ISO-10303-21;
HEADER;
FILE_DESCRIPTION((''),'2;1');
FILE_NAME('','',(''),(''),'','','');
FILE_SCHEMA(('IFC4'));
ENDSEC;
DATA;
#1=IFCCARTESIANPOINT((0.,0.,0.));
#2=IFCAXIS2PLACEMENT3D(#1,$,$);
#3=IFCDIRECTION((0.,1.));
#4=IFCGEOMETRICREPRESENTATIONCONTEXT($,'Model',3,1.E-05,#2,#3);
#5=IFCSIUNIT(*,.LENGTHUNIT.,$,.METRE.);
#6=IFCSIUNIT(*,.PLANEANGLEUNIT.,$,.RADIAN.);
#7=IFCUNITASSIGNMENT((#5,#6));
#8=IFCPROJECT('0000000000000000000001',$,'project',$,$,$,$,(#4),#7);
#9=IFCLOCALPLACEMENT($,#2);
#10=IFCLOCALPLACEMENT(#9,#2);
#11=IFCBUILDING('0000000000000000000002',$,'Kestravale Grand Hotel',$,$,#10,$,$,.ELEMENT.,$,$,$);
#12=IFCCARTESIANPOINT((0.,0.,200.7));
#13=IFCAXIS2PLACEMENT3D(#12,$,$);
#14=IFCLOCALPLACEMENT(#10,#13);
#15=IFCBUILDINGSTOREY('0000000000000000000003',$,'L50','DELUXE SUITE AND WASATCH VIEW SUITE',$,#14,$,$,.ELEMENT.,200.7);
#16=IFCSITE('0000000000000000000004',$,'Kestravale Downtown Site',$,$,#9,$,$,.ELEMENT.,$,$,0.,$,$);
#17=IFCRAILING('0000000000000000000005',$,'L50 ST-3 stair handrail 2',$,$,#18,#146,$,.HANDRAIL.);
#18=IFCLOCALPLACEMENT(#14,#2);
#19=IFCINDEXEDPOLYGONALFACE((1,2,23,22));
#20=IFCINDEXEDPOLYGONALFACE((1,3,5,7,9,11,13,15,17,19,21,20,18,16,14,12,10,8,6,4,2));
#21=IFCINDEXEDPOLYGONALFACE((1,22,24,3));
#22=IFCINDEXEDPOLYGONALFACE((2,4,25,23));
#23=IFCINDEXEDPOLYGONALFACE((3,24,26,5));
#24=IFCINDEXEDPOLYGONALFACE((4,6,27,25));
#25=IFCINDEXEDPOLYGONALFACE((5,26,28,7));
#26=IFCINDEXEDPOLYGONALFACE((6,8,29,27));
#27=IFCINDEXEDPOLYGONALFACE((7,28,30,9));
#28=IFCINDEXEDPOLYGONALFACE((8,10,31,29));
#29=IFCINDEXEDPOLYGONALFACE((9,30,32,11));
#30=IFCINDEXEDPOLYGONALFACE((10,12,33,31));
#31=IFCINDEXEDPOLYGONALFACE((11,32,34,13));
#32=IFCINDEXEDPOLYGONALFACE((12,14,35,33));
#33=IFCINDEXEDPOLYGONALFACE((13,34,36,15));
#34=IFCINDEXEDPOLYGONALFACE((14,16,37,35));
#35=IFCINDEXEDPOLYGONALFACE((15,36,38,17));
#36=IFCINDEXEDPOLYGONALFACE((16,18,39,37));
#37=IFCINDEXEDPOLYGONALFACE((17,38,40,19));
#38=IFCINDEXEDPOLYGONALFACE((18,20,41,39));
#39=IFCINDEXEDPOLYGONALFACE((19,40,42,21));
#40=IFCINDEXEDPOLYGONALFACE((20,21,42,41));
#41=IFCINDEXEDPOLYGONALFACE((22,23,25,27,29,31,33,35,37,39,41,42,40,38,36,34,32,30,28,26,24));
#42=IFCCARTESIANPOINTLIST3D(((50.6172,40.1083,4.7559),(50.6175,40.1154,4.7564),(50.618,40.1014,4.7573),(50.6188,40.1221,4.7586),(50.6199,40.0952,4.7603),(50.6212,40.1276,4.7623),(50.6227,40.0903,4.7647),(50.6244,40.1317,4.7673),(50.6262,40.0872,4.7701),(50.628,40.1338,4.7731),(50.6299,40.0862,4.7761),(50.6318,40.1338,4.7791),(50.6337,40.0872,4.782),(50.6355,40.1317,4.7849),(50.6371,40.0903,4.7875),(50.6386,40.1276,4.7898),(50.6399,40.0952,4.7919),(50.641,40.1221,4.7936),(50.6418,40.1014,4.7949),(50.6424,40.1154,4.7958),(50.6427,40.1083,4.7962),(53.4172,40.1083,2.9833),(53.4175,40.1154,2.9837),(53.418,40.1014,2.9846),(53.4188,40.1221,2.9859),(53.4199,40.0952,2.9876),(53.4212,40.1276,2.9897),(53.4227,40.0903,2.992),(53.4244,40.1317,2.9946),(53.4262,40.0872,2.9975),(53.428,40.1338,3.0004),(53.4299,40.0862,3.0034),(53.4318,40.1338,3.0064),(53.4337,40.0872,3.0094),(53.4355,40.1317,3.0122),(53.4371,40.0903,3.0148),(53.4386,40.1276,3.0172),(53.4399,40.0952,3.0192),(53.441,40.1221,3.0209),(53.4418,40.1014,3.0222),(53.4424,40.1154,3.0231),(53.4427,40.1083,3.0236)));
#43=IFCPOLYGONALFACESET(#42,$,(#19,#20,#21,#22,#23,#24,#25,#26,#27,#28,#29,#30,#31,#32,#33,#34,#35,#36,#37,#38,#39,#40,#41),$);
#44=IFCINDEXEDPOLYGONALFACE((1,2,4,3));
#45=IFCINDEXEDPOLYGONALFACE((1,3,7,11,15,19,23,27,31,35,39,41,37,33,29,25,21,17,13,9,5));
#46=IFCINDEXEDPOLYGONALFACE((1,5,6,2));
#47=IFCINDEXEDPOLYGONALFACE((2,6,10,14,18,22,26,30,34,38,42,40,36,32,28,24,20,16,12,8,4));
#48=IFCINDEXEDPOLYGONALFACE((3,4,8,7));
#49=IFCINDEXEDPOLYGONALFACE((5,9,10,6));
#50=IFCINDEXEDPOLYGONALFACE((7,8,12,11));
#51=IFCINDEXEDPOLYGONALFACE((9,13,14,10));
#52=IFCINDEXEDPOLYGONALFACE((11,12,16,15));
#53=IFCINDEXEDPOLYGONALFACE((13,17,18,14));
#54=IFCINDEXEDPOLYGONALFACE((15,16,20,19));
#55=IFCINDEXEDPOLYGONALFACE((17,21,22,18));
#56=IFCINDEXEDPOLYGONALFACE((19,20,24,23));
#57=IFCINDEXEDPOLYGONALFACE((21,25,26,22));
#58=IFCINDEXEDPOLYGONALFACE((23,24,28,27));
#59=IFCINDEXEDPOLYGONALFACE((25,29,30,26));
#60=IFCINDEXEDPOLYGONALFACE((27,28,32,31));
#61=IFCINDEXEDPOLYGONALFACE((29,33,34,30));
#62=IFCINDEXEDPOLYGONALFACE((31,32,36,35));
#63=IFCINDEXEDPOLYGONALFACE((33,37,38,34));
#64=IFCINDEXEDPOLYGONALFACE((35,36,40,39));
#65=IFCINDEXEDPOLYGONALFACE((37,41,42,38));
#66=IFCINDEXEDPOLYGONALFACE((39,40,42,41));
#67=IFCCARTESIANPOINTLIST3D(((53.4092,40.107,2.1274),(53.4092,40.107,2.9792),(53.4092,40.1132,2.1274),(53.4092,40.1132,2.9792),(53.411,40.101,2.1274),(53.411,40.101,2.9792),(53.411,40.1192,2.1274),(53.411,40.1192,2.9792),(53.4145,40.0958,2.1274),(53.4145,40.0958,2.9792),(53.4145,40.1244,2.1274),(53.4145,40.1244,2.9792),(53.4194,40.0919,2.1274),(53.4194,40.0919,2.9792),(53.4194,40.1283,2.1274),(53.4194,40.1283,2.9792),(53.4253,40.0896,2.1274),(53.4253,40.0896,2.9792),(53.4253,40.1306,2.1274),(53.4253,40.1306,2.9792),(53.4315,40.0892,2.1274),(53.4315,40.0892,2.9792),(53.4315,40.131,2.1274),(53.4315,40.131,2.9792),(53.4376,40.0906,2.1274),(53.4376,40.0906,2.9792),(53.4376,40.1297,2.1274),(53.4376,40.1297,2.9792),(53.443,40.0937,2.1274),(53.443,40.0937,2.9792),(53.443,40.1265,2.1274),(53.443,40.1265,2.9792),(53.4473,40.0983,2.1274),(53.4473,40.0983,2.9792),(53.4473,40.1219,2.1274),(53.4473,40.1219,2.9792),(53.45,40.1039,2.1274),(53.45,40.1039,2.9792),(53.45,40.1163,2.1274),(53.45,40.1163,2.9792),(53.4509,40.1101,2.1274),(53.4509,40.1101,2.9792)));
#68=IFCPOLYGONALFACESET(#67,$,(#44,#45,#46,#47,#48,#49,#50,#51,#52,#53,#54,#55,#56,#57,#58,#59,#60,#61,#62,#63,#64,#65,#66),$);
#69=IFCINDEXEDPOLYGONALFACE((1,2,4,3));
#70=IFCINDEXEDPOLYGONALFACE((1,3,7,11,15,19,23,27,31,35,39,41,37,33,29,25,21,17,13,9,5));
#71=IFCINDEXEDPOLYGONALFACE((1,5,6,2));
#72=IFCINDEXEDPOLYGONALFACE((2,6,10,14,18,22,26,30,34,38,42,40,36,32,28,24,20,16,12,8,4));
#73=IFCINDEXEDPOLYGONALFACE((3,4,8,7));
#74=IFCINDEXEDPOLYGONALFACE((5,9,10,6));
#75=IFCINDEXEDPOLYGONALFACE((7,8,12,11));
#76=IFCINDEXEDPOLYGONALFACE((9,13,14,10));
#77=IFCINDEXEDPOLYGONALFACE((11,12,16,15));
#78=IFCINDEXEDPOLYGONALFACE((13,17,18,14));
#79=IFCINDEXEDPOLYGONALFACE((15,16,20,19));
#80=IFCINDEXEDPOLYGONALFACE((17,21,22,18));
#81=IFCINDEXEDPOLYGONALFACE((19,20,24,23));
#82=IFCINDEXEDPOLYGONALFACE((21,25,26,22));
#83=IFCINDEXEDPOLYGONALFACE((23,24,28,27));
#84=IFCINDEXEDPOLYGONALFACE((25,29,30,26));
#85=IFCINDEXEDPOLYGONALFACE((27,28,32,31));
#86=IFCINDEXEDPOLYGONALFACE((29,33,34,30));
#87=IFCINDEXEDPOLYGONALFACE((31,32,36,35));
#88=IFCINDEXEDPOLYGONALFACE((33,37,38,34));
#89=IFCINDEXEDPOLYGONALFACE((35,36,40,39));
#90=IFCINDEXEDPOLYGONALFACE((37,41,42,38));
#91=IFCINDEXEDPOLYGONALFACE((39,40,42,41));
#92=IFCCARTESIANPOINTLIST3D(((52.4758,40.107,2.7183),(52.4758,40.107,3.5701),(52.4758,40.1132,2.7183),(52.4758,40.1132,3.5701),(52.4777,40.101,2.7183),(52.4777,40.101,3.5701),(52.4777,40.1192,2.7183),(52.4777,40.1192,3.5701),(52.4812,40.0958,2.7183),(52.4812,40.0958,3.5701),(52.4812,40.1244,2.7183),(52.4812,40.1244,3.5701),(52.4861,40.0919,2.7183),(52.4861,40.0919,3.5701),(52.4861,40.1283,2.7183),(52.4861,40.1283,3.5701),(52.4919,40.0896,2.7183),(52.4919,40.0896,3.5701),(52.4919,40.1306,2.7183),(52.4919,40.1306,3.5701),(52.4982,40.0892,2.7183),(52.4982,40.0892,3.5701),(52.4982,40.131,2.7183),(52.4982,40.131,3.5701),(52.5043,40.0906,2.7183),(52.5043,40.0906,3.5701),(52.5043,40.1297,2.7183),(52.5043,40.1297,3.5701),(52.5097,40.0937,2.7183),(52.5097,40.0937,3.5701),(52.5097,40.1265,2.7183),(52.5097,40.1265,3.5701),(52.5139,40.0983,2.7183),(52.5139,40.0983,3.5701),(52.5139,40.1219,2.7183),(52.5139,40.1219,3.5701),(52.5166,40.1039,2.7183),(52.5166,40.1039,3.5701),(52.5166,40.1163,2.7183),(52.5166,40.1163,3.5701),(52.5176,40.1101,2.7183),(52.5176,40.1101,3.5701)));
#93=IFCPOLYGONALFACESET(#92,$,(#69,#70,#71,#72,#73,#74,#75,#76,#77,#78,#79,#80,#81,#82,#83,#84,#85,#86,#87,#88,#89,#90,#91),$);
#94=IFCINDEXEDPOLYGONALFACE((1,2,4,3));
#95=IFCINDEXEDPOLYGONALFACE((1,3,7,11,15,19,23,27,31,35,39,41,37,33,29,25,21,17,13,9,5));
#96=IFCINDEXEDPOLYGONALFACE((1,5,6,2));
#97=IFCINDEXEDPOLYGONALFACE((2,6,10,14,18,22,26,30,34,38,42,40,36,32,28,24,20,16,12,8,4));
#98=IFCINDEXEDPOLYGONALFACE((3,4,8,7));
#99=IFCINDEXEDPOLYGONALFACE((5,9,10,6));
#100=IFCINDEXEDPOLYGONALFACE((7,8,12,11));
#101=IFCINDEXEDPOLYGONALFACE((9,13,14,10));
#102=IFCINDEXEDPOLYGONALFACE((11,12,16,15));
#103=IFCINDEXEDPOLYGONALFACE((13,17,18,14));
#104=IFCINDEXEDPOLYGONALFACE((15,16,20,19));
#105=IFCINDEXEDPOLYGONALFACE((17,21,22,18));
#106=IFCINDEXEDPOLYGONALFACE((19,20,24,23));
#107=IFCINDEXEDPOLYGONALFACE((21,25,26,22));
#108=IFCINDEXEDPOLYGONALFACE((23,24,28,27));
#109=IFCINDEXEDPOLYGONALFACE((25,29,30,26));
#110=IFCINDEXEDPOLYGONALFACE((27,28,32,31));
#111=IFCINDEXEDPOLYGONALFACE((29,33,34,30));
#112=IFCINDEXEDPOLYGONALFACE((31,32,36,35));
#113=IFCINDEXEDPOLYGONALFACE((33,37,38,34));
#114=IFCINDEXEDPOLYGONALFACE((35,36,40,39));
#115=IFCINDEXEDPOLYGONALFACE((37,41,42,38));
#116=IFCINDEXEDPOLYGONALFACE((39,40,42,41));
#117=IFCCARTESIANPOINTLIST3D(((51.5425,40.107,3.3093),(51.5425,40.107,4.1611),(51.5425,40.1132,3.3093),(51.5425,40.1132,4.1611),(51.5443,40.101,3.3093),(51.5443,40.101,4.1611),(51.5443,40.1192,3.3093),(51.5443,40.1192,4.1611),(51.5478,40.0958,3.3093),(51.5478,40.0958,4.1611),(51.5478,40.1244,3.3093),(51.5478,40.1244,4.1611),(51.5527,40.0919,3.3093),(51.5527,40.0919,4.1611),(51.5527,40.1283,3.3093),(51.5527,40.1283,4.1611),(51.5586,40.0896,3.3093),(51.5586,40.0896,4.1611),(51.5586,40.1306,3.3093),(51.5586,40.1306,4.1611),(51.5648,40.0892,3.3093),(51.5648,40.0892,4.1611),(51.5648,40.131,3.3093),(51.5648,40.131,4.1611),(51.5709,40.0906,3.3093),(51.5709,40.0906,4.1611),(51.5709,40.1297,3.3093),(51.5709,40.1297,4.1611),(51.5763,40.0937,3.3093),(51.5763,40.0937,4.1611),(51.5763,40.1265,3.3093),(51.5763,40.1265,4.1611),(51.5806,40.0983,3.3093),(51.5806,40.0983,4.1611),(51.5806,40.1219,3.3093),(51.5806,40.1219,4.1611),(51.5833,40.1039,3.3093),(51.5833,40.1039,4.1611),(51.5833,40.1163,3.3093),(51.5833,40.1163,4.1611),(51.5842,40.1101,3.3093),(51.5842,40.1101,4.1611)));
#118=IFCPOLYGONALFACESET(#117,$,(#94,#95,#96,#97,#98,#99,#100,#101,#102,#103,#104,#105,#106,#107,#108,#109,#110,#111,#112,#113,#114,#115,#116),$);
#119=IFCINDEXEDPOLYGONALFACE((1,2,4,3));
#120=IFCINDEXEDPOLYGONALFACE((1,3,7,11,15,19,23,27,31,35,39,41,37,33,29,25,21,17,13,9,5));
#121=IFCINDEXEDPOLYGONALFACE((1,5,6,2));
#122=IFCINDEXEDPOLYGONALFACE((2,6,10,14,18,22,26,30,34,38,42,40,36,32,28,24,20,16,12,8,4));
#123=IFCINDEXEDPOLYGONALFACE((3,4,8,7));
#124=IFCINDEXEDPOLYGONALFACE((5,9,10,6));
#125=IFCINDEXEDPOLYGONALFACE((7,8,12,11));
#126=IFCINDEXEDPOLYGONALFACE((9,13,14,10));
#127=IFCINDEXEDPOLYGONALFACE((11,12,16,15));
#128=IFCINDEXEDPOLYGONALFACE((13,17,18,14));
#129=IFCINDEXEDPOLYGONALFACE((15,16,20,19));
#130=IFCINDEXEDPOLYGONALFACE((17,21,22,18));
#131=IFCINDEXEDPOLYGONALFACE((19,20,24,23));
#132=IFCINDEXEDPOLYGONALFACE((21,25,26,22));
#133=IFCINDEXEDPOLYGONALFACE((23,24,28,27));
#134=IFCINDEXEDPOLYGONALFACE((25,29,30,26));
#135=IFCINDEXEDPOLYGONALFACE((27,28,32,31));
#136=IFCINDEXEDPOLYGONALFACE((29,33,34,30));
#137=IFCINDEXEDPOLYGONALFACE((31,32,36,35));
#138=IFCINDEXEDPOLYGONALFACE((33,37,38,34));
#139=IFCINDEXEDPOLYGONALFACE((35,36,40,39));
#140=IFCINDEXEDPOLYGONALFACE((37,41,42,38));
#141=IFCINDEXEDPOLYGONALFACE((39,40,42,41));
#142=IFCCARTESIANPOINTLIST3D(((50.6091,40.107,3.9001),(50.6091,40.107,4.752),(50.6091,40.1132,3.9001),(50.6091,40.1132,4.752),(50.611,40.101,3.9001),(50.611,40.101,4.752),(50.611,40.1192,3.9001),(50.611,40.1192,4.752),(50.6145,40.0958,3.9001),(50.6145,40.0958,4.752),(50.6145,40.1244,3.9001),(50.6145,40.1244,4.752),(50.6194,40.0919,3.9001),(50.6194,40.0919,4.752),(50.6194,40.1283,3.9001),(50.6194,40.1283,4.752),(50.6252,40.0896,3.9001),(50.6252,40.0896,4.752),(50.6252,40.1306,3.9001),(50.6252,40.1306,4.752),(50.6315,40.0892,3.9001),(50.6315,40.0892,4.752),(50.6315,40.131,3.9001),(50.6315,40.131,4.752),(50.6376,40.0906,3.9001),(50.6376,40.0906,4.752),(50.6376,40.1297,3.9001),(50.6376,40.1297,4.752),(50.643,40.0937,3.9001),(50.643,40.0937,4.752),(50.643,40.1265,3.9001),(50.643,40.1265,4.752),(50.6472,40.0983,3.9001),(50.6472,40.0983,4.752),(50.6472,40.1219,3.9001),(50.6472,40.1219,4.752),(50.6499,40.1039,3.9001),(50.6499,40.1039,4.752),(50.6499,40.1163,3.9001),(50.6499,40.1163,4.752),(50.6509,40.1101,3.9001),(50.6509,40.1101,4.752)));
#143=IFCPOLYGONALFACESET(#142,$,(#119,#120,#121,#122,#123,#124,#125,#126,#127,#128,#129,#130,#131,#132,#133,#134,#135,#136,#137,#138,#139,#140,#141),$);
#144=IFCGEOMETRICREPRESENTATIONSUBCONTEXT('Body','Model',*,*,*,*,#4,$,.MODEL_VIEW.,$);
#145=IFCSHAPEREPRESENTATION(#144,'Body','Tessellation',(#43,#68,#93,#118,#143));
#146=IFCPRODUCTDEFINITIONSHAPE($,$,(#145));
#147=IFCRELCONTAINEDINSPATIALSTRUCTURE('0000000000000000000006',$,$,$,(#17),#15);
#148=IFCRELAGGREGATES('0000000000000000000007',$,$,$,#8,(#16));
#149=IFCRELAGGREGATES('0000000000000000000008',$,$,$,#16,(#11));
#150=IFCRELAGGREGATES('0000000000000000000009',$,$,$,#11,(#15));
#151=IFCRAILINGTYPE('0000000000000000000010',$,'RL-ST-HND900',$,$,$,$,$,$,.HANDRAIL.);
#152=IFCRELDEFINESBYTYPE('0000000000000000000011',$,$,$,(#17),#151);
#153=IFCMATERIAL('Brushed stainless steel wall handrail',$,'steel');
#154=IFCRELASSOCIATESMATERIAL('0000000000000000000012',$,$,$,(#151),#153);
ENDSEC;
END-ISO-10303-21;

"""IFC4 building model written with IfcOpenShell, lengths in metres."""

from ifc_helpers import new_model, si_unit, direction, frame, origin, origin_2d, place, context, subcontext, project, spatial, circle, extrude, material, type_object, element, save


model = new_model("IFC4")

# Units and contexts
model_context = context("Model", 3, precision=1e-05, world=origin(), true_north=direction((0.0, 1.0)))
body_context = subcontext(model_context, "Body", "Model", "MODEL_VIEW")
ifc_project = project(units=[si_unit("LENGTHUNIT", "METRE"), si_unit("PLANEANGLEUNIT", "RADIAN")], contexts=[model_context])

# Site, building, storey
site_placement = place(None, origin())
site = spatial("IfcSite", under=ifc_project, at=site_placement, Name="Kestravale Downtown Site", CompositionType="ELEMENT", RefElevation=0.0)
building_placement = place(site_placement, origin())
building = spatial("IfcBuilding", under=site, at=building_placement, Name="Kestravale Grand Hotel", CompositionType="ELEMENT")
storey_placement = place(building_placement, frame((0.0, 0.0, 200.7)))
storey = spatial("IfcBuildingStorey", under=building, at=storey_placement, Name="L50", Description="DELUXE SUITE AND WASATCH VIEW SUITE", CompositionType="ELEMENT", Elevation=200.7)

# Railing
ifc_material_1 = material(Name="Brushed stainless steel wall handrail", Category="steel")
railing_type_1 = type_object("IfcRailingType", Name="RL-ST-HND900", PredefinedType="HANDRAIL", material=ifc_material_1)
railing_1_placement = place(storey_placement, frame((53.4299, 40.1101, 2.1274)))
element("IfcRailing", 1, at=railing_1_placement, inside=storey, type_object=railing_type_1, Name="L50 ST-3 stair handrail 2", PredefinedType="HANDRAIL", context=body_context, shape_type="SweptSolid", body=[
    extrude(circle(Radius=0.0239, at=origin_2d()), frame((0.0, 0.0, 0.876), z_axis=(-0.844909, 0.0, 0.53491), x_axis=(0.0, -1.0, 0.0)), (0.0, 0.0, 1.0), 3.314),
    extrude(circle(Radius=0.021, at=origin_2d()), origin(), (0.0, 0.0, 1.0), 0.8518),
    extrude(circle(Radius=0.021, at=origin_2d()), frame((-0.9333, 0.0, 0.5908)), (0.0, 0.0, 1.0), 0.8518),
    extrude(circle(Radius=0.021, at=origin_2d()), frame((-1.8667, 0.0, 1.1819)), (0.0, 0.0, 1.0), 0.8518),
    extrude(circle(Radius=0.021, at=origin_2d()), frame((-2.8, 0.0, 1.7727)), (0.0, 0.0, 1.0), 0.8518),
])

save(model, "model.ifc")
